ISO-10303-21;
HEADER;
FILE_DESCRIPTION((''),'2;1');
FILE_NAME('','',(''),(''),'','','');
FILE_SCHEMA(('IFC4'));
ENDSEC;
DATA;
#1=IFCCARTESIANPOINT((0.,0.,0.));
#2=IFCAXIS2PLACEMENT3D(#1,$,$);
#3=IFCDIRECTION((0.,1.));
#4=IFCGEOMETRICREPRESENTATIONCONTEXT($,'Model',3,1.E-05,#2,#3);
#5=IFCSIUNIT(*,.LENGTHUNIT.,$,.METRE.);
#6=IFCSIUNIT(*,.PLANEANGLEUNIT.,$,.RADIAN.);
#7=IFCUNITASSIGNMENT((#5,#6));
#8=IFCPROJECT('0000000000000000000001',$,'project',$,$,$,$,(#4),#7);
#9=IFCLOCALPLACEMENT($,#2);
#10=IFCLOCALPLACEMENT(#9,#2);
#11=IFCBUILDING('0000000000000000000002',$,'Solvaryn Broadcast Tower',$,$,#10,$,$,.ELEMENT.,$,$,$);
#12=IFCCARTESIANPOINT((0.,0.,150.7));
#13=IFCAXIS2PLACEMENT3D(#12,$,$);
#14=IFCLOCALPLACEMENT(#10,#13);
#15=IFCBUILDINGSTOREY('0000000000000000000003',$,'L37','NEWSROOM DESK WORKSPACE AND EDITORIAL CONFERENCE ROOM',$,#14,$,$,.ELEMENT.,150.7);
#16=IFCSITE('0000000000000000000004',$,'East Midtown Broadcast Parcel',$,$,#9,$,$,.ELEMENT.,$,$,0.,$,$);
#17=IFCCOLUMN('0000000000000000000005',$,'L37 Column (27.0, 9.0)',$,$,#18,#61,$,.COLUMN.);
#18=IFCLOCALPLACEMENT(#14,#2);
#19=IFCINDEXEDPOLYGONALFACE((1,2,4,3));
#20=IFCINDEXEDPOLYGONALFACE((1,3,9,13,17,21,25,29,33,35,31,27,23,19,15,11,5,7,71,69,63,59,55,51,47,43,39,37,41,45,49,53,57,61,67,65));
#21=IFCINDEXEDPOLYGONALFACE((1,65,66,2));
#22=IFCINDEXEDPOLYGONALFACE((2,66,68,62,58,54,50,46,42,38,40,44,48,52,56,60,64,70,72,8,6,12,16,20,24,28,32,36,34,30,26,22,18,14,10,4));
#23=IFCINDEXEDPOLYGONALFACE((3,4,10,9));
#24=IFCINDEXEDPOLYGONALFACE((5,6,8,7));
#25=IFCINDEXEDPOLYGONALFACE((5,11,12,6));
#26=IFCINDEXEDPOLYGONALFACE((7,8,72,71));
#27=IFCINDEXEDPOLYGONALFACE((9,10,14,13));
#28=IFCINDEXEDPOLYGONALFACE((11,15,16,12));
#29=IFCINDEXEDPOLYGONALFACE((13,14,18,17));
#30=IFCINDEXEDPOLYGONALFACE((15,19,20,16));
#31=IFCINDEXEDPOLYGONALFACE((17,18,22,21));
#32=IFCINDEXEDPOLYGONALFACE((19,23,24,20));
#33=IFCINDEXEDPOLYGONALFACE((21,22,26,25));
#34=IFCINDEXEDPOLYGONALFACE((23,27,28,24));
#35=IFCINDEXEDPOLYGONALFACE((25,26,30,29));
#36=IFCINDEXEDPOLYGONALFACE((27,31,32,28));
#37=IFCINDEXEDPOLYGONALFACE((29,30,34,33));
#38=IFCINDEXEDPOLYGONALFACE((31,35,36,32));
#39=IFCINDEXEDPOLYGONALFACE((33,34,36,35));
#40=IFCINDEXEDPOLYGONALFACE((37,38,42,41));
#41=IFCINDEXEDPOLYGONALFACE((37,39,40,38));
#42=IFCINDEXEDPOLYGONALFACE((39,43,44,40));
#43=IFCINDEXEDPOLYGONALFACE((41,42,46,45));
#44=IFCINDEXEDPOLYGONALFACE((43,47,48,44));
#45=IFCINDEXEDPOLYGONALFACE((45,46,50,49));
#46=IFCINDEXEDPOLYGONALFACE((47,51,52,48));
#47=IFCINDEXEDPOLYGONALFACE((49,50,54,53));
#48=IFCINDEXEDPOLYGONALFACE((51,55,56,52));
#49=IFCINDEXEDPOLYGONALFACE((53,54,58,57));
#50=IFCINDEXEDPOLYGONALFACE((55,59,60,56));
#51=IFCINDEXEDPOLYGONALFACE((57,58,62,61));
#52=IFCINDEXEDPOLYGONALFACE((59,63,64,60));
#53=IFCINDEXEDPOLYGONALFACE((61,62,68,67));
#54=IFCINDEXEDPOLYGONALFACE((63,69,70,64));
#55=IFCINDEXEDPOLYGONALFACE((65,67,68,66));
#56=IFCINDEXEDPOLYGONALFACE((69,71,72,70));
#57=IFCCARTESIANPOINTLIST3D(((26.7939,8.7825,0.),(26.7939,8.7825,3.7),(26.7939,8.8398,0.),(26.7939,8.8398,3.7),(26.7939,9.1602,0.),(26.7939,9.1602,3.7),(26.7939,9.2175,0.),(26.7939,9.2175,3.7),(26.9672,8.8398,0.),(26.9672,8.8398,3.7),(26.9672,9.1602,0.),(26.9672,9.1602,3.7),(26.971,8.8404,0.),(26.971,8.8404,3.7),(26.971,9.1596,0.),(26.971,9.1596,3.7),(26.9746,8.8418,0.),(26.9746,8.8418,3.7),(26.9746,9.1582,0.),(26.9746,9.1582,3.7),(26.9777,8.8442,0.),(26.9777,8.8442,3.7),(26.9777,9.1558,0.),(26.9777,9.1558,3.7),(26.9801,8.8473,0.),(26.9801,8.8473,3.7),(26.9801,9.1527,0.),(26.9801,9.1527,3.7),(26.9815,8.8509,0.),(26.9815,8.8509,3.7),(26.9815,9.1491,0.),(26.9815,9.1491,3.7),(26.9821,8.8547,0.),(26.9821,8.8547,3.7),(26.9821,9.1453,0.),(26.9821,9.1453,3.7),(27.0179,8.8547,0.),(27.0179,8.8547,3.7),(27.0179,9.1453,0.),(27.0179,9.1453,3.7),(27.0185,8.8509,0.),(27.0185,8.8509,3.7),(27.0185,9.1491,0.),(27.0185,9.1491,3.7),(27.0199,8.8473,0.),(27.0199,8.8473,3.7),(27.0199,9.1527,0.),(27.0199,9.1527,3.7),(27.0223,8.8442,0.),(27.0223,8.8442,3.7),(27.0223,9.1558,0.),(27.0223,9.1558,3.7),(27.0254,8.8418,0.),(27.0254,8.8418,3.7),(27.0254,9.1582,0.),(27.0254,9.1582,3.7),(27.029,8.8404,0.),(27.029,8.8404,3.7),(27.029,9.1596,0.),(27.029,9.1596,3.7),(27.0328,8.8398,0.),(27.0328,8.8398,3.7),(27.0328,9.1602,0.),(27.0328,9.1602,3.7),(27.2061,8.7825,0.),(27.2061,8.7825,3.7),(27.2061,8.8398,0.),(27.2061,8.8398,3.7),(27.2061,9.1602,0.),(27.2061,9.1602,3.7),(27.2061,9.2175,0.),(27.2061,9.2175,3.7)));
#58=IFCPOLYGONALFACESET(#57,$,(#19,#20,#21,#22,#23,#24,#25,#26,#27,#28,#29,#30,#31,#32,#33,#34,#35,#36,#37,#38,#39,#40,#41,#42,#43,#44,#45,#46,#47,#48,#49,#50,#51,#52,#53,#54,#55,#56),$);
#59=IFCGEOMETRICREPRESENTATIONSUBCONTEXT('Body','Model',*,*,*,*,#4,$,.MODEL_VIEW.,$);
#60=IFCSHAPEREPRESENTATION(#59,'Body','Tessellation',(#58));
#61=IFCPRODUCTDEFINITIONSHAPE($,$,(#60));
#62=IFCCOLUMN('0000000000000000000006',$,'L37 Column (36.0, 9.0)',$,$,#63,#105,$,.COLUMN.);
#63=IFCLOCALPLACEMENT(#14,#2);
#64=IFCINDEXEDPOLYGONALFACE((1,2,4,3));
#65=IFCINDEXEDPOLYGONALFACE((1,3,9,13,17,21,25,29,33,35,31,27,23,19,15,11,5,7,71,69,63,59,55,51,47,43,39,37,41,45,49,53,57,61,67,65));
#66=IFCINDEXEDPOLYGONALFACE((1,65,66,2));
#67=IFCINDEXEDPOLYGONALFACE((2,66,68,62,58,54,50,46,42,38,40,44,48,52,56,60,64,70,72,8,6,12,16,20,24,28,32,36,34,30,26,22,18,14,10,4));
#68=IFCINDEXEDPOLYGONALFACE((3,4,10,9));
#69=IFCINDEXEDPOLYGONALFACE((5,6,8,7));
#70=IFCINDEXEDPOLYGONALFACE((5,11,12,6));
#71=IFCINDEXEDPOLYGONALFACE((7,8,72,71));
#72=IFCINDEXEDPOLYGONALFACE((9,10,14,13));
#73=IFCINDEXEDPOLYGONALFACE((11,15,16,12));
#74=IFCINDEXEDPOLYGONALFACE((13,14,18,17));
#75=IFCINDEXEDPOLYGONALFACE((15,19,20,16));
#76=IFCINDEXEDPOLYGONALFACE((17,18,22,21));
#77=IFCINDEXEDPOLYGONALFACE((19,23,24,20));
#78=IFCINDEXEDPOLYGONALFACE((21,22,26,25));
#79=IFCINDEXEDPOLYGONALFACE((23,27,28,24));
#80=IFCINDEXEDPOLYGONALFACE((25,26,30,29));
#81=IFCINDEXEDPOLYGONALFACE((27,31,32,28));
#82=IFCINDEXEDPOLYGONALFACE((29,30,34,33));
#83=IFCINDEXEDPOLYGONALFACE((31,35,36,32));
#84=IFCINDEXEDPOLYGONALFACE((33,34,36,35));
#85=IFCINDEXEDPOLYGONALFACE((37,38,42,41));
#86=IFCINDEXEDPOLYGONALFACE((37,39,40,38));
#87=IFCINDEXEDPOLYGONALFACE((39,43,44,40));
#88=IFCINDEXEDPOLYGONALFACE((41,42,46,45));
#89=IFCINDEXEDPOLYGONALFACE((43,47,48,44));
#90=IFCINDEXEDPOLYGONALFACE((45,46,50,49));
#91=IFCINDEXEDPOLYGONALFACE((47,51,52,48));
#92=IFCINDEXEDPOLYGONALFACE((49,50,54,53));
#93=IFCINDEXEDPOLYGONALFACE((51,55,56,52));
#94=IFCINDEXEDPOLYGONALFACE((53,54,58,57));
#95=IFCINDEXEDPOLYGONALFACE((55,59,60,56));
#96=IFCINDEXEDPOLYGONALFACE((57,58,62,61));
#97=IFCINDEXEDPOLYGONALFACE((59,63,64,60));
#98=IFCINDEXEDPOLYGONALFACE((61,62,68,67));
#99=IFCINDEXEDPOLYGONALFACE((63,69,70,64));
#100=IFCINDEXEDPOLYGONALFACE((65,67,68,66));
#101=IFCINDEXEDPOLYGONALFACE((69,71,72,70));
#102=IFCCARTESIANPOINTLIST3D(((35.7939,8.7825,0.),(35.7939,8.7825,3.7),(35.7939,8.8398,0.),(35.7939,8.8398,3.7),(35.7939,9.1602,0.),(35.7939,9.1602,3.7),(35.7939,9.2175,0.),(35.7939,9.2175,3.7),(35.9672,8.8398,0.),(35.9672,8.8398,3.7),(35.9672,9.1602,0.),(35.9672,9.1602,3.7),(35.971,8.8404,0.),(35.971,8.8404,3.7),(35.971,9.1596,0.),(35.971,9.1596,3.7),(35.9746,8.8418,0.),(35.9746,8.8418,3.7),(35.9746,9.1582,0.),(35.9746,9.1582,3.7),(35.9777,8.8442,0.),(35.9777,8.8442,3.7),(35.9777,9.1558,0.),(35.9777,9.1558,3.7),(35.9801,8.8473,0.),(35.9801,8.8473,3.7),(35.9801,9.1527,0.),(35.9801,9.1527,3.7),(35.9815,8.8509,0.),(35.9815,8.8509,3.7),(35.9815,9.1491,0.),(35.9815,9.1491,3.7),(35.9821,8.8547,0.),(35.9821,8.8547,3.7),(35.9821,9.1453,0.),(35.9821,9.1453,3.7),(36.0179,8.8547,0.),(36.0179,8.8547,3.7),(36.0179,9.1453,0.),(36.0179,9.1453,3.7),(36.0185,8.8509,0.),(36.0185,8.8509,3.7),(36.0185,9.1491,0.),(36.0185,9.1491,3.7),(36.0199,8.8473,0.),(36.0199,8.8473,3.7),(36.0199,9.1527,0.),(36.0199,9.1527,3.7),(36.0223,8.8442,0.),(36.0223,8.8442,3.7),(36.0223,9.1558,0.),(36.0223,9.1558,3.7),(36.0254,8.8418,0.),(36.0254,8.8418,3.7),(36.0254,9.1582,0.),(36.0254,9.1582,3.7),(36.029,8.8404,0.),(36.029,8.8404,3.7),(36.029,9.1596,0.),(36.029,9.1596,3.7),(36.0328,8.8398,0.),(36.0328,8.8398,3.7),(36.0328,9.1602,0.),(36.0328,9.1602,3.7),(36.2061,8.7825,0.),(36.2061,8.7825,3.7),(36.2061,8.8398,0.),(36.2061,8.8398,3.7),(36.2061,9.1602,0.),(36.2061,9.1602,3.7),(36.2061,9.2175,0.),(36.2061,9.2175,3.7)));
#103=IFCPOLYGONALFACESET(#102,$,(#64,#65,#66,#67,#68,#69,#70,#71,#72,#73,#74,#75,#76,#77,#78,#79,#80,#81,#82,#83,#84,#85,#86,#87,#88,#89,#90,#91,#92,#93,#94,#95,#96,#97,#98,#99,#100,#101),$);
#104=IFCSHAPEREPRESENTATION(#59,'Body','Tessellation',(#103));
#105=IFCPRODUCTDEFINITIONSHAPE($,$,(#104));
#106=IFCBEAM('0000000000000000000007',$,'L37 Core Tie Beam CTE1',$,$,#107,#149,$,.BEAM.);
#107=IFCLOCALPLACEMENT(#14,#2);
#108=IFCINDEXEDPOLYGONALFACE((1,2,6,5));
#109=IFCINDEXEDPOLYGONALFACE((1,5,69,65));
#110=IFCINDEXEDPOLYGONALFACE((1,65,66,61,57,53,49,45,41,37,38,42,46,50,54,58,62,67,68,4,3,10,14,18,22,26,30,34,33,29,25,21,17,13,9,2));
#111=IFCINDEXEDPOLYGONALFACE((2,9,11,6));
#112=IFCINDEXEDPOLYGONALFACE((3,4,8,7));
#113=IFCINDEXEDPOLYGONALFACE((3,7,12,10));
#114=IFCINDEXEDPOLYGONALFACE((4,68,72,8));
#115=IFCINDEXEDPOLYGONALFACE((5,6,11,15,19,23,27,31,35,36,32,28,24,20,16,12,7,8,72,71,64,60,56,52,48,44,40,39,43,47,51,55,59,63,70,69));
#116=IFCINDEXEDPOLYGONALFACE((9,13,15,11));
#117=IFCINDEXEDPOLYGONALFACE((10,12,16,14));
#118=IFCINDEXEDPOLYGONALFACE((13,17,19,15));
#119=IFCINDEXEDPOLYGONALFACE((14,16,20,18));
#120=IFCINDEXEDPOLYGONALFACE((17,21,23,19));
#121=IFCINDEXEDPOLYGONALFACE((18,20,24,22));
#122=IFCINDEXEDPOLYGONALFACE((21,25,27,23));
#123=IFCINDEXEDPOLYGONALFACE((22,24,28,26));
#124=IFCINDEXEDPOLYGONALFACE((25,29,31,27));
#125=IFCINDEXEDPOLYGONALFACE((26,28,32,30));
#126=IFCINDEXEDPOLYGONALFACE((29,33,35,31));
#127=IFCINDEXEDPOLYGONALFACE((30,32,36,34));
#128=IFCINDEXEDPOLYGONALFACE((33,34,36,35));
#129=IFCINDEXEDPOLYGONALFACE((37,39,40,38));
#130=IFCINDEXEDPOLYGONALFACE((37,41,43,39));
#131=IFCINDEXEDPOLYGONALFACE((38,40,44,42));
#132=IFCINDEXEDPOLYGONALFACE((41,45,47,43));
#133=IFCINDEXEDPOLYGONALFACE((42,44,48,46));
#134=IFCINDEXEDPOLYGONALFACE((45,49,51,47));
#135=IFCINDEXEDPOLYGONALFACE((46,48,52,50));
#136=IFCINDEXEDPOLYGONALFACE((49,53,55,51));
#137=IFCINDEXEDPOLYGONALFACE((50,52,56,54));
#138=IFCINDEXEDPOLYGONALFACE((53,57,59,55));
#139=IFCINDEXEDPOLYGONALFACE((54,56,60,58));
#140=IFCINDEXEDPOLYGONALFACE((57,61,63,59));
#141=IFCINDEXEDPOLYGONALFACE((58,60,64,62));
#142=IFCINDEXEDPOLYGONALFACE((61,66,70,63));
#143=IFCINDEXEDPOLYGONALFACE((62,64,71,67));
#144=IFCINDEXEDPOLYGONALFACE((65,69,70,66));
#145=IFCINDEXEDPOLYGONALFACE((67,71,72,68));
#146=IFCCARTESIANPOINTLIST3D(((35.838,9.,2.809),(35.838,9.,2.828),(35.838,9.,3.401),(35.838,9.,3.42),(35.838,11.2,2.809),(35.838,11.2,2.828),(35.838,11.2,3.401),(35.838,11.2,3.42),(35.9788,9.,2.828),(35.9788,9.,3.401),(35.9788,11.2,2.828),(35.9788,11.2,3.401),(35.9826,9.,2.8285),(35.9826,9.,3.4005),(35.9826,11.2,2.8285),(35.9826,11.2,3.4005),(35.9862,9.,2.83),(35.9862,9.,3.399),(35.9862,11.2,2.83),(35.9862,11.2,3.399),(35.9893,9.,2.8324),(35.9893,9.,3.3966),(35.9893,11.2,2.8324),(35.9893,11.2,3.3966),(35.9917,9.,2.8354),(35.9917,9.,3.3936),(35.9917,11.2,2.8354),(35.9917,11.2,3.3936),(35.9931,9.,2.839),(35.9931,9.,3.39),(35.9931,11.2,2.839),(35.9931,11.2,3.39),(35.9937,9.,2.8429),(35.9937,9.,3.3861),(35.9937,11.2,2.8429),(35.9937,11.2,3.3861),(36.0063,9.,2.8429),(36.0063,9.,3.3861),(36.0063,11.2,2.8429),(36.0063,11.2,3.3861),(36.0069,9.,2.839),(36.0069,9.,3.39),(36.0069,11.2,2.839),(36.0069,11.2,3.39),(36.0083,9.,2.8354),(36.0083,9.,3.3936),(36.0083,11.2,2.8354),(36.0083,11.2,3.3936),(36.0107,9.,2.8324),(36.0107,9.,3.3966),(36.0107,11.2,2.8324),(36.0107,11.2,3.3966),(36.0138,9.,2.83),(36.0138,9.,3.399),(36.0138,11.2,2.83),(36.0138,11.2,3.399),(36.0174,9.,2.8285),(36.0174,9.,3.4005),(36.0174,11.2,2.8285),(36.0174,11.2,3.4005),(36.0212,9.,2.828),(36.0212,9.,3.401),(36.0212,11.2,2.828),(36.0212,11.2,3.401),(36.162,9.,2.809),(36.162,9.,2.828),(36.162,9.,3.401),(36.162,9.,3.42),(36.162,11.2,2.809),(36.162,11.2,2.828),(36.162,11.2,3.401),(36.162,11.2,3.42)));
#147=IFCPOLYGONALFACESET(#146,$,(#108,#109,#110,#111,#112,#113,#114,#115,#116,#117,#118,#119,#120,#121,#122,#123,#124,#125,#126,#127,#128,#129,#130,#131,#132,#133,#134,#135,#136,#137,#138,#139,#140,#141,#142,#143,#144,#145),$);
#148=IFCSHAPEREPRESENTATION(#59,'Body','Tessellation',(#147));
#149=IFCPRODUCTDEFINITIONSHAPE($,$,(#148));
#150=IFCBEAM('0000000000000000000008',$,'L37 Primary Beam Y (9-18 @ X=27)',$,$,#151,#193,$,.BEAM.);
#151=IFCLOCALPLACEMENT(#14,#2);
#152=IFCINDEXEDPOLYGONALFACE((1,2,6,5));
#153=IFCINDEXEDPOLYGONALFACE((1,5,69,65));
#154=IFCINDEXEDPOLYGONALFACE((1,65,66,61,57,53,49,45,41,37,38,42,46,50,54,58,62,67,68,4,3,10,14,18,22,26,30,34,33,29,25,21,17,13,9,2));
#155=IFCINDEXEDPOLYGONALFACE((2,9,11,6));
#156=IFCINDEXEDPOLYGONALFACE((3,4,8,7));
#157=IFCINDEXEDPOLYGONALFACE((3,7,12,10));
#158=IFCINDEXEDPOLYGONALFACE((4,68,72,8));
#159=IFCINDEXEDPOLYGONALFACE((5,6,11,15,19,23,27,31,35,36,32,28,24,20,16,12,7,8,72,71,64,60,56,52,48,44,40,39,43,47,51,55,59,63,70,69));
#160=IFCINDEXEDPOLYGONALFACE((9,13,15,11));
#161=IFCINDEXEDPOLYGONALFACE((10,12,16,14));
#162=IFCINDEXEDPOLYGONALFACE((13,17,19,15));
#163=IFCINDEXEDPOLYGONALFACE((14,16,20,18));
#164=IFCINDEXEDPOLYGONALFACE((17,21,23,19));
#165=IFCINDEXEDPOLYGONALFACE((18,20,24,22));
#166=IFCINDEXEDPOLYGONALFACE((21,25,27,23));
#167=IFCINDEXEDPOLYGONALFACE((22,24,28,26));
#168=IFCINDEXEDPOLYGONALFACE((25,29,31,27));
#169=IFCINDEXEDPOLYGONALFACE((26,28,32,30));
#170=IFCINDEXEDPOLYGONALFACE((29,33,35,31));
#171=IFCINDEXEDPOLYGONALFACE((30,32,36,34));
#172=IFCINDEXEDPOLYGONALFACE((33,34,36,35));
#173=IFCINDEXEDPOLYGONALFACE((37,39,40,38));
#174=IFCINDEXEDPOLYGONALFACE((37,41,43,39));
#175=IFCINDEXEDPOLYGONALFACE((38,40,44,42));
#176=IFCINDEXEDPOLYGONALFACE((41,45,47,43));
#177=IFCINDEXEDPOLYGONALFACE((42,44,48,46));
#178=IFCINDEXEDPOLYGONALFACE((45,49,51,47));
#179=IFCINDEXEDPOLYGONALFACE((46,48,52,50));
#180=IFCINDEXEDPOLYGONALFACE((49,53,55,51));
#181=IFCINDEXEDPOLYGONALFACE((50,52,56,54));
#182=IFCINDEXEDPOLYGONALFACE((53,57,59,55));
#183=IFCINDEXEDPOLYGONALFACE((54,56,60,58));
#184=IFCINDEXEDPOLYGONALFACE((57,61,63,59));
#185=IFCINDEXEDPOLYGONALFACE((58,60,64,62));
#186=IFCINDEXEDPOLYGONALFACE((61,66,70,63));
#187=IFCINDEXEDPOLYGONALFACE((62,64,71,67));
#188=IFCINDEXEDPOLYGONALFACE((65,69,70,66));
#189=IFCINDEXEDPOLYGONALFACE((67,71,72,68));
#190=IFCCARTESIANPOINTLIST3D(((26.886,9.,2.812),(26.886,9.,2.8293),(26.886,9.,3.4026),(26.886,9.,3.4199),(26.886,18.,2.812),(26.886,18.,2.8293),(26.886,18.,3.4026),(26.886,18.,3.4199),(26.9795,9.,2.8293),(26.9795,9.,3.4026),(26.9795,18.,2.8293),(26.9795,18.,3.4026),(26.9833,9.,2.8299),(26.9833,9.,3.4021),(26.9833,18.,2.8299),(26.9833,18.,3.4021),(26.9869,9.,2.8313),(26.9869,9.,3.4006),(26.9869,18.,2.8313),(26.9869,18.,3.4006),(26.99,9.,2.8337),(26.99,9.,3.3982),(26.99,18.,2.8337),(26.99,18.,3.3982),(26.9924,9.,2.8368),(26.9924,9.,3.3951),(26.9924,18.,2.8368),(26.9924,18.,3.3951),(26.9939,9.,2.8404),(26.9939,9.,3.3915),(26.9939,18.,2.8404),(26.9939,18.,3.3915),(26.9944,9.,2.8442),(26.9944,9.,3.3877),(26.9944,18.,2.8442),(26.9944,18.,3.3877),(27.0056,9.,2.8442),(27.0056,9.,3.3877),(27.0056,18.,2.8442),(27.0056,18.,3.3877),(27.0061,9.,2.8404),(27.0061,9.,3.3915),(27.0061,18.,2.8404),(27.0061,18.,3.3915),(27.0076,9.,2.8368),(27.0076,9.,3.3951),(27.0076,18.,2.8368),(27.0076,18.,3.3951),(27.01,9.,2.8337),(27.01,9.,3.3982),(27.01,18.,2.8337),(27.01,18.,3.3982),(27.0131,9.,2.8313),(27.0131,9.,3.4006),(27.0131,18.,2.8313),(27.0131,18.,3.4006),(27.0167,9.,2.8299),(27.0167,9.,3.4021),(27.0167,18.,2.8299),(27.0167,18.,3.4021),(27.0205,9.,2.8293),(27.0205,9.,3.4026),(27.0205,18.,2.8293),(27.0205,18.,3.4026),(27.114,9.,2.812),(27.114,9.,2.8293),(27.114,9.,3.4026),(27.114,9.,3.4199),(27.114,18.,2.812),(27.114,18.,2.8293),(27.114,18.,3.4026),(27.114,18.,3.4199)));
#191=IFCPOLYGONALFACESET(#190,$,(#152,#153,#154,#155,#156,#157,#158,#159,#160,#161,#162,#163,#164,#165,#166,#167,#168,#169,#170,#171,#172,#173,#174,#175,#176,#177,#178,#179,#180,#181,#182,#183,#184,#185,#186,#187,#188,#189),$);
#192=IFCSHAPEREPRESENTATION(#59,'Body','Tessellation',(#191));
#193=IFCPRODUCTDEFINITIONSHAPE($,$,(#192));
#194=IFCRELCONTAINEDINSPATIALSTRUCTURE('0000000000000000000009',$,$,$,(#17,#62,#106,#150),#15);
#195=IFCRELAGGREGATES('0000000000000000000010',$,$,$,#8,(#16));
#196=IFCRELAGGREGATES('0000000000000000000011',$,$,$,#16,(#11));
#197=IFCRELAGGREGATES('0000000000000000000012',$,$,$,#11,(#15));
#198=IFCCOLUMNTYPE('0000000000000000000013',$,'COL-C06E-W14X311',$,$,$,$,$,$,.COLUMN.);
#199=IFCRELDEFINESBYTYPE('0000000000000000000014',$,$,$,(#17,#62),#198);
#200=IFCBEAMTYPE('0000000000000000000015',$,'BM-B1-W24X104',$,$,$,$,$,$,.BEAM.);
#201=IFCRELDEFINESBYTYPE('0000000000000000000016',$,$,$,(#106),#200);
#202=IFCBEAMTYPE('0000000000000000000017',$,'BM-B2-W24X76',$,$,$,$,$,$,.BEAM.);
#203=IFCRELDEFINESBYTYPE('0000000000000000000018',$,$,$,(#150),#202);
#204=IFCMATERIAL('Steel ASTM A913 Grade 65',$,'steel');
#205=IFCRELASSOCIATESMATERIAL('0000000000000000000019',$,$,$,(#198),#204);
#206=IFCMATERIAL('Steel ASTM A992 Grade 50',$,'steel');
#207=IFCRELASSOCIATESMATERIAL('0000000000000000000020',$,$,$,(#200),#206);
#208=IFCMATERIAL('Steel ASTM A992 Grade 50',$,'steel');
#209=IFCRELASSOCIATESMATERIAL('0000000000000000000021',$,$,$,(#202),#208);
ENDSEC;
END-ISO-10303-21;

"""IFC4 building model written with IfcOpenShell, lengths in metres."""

from ifc_helpers import new_model, si_unit, direction, frame, origin, origin_2d, place, context, subcontext, project, spatial, i_section, extrude, material, material_profile, profile_set, type_object, element, save


model = new_model("IFC4")

# Units and contexts
model_context = context("Model", 3, precision=1e-05, world=origin(), true_north=direction((0.0, 1.0)))
body_context = subcontext(model_context, "Body", "Model", "MODEL_VIEW")
ifc_project = project(units=[si_unit("LENGTHUNIT", "METRE"), si_unit("PLANEANGLEUNIT", "RADIAN")], contexts=[model_context])

# Site, building, storey
site_placement = place(None, origin())
site = spatial("IfcSite", under=ifc_project, at=site_placement, Name="East Midtown Broadcast Parcel", CompositionType="ELEMENT", RefElevation=0.0)
building_placement = place(site_placement, origin())
building = spatial("IfcBuilding", under=site, at=building_placement, Name="Solvaryn Broadcast Tower", CompositionType="ELEMENT")
storey_placement = place(building_placement, frame((0.0, 0.0, 150.7)))
storey = spatial("IfcBuildingStorey", under=building, at=storey_placement, Name="L37", Description="NEWSROOM DESK WORKSPACE AND EDITORIAL CONFERENCE ROOM", CompositionType="ELEMENT", Elevation=150.7)

# Columns
ifc_material_1 = material(Name="Steel ASTM A913 Grade 65", Category="steel")
ifc_material_profile_1 = material_profile(ifc_material_1, i_section(OverallWidth=0.4121, OverallDepth=0.4351, WebThickness=0.0359, FlangeThickness=0.0574, FilletRadius=0.0149, at=origin_2d()))
ifc_profile_set_1 = profile_set([ifc_material_profile_1], Name="Steel ASTM A913 Grade 65")
column_type = type_object("IfcColumnType", Name="COL-C06E-W14X311", PredefinedType="COLUMN", material=ifc_profile_set_1)
for number, where, z_axis, x_axis, name in (
    (1, (27.0, 9.0, 0.0), (0.0, 0.0, 1.0), (1.0, 0.0, 0.0), "L37 Column (27.0, 9.0)"),
    (2, (36.0, 9.0, 0.0), (0.0, 0.0, 1.0), (1.0, 0.0, 0.0), "L37 Column (36.0, 9.0)"),
):
    element("IfcColumn", number, at=place(storey_placement, frame(where, z_axis=z_axis, x_axis=x_axis)), inside=storey, type_object=column_type, Name=name, PredefinedType="COLUMN", context=body_context, shape_type="SweptSolid", body=[
        extrude(i_section(OverallWidth=0.4121, OverallDepth=0.4351, WebThickness=0.0359, FlangeThickness=0.0574, FilletRadius=0.0149, at=origin_2d()), origin(), (0.0, 0.0, 1.0), 3.7),
    ])

# Beams
ifc_material_2 = material(Name="Steel ASTM A992 Grade 50", Category="steel")
ifc_material_profile_2 = material_profile(ifc_material_2, i_section(OverallWidth=0.324, OverallDepth=0.6111, WebThickness=0.0127, FlangeThickness=0.019, FilletRadius=0.0149, at=origin_2d()))
ifc_profile_set_2 = profile_set([ifc_material_profile_2], Name="Steel ASTM A992 Grade 50")
beam_type_1 = type_object("IfcBeamType", Name="BM-B1-W24X104", PredefinedType="BEAM", material=ifc_profile_set_2)
beam_1_placement = place(storey_placement, frame((36.0, 9.0, 3.1145), z_axis=(0.0, 1.0, 0.0), x_axis=(-1.0, 0.0, 0.0)))
element("IfcBeam", 3, at=beam_1_placement, inside=storey, type_object=beam_type_1, Name="L37 Core Tie Beam CTE1", PredefinedType="BEAM", context=body_context, shape_type="SweptSolid", body=[
    extrude(i_section(OverallWidth=0.324, OverallDepth=0.6111, WebThickness=0.0127, FlangeThickness=0.019, FilletRadius=0.0149, at=origin_2d()), origin(), (0.0, 0.0, 1.0), 2.2),
])
ifc_material_3 = material(Name="Steel ASTM A992 Grade 50", Category="steel")
ifc_material_profile_3 = material_profile(ifc_material_3, i_section(OverallWidth=0.228, OverallDepth=0.6079, WebThickness=0.0112, FlangeThickness=0.0173, FilletRadius=0.0149, at=origin_2d()))
ifc_profile_set_3 = profile_set([ifc_material_profile_3], Name="Steel ASTM A992 Grade 50")
beam_type_2 = type_object("IfcBeamType", Name="BM-B2-W24X76", PredefinedType="BEAM", material=ifc_profile_set_3)
beam_2_placement = place(storey_placement, frame((27.0, 9.0, 3.116), z_axis=(0.0, 1.0, 0.0), x_axis=(-1.0, 0.0, 0.0)))
element("IfcBeam", 4, at=beam_2_placement, inside=storey, type_object=beam_type_2, Name="L37 Primary Beam Y (9-18 @ X=27)", PredefinedType="BEAM", context=body_context, shape_type="SweptSolid", body=[
    extrude(i_section(OverallWidth=0.228, OverallDepth=0.6079, WebThickness=0.0112, FlangeThickness=0.0173, FilletRadius=0.0149, at=origin_2d()), origin(), (0.0, 0.0, 1.0), 9.0),
])

save(model, "model.ifc")
